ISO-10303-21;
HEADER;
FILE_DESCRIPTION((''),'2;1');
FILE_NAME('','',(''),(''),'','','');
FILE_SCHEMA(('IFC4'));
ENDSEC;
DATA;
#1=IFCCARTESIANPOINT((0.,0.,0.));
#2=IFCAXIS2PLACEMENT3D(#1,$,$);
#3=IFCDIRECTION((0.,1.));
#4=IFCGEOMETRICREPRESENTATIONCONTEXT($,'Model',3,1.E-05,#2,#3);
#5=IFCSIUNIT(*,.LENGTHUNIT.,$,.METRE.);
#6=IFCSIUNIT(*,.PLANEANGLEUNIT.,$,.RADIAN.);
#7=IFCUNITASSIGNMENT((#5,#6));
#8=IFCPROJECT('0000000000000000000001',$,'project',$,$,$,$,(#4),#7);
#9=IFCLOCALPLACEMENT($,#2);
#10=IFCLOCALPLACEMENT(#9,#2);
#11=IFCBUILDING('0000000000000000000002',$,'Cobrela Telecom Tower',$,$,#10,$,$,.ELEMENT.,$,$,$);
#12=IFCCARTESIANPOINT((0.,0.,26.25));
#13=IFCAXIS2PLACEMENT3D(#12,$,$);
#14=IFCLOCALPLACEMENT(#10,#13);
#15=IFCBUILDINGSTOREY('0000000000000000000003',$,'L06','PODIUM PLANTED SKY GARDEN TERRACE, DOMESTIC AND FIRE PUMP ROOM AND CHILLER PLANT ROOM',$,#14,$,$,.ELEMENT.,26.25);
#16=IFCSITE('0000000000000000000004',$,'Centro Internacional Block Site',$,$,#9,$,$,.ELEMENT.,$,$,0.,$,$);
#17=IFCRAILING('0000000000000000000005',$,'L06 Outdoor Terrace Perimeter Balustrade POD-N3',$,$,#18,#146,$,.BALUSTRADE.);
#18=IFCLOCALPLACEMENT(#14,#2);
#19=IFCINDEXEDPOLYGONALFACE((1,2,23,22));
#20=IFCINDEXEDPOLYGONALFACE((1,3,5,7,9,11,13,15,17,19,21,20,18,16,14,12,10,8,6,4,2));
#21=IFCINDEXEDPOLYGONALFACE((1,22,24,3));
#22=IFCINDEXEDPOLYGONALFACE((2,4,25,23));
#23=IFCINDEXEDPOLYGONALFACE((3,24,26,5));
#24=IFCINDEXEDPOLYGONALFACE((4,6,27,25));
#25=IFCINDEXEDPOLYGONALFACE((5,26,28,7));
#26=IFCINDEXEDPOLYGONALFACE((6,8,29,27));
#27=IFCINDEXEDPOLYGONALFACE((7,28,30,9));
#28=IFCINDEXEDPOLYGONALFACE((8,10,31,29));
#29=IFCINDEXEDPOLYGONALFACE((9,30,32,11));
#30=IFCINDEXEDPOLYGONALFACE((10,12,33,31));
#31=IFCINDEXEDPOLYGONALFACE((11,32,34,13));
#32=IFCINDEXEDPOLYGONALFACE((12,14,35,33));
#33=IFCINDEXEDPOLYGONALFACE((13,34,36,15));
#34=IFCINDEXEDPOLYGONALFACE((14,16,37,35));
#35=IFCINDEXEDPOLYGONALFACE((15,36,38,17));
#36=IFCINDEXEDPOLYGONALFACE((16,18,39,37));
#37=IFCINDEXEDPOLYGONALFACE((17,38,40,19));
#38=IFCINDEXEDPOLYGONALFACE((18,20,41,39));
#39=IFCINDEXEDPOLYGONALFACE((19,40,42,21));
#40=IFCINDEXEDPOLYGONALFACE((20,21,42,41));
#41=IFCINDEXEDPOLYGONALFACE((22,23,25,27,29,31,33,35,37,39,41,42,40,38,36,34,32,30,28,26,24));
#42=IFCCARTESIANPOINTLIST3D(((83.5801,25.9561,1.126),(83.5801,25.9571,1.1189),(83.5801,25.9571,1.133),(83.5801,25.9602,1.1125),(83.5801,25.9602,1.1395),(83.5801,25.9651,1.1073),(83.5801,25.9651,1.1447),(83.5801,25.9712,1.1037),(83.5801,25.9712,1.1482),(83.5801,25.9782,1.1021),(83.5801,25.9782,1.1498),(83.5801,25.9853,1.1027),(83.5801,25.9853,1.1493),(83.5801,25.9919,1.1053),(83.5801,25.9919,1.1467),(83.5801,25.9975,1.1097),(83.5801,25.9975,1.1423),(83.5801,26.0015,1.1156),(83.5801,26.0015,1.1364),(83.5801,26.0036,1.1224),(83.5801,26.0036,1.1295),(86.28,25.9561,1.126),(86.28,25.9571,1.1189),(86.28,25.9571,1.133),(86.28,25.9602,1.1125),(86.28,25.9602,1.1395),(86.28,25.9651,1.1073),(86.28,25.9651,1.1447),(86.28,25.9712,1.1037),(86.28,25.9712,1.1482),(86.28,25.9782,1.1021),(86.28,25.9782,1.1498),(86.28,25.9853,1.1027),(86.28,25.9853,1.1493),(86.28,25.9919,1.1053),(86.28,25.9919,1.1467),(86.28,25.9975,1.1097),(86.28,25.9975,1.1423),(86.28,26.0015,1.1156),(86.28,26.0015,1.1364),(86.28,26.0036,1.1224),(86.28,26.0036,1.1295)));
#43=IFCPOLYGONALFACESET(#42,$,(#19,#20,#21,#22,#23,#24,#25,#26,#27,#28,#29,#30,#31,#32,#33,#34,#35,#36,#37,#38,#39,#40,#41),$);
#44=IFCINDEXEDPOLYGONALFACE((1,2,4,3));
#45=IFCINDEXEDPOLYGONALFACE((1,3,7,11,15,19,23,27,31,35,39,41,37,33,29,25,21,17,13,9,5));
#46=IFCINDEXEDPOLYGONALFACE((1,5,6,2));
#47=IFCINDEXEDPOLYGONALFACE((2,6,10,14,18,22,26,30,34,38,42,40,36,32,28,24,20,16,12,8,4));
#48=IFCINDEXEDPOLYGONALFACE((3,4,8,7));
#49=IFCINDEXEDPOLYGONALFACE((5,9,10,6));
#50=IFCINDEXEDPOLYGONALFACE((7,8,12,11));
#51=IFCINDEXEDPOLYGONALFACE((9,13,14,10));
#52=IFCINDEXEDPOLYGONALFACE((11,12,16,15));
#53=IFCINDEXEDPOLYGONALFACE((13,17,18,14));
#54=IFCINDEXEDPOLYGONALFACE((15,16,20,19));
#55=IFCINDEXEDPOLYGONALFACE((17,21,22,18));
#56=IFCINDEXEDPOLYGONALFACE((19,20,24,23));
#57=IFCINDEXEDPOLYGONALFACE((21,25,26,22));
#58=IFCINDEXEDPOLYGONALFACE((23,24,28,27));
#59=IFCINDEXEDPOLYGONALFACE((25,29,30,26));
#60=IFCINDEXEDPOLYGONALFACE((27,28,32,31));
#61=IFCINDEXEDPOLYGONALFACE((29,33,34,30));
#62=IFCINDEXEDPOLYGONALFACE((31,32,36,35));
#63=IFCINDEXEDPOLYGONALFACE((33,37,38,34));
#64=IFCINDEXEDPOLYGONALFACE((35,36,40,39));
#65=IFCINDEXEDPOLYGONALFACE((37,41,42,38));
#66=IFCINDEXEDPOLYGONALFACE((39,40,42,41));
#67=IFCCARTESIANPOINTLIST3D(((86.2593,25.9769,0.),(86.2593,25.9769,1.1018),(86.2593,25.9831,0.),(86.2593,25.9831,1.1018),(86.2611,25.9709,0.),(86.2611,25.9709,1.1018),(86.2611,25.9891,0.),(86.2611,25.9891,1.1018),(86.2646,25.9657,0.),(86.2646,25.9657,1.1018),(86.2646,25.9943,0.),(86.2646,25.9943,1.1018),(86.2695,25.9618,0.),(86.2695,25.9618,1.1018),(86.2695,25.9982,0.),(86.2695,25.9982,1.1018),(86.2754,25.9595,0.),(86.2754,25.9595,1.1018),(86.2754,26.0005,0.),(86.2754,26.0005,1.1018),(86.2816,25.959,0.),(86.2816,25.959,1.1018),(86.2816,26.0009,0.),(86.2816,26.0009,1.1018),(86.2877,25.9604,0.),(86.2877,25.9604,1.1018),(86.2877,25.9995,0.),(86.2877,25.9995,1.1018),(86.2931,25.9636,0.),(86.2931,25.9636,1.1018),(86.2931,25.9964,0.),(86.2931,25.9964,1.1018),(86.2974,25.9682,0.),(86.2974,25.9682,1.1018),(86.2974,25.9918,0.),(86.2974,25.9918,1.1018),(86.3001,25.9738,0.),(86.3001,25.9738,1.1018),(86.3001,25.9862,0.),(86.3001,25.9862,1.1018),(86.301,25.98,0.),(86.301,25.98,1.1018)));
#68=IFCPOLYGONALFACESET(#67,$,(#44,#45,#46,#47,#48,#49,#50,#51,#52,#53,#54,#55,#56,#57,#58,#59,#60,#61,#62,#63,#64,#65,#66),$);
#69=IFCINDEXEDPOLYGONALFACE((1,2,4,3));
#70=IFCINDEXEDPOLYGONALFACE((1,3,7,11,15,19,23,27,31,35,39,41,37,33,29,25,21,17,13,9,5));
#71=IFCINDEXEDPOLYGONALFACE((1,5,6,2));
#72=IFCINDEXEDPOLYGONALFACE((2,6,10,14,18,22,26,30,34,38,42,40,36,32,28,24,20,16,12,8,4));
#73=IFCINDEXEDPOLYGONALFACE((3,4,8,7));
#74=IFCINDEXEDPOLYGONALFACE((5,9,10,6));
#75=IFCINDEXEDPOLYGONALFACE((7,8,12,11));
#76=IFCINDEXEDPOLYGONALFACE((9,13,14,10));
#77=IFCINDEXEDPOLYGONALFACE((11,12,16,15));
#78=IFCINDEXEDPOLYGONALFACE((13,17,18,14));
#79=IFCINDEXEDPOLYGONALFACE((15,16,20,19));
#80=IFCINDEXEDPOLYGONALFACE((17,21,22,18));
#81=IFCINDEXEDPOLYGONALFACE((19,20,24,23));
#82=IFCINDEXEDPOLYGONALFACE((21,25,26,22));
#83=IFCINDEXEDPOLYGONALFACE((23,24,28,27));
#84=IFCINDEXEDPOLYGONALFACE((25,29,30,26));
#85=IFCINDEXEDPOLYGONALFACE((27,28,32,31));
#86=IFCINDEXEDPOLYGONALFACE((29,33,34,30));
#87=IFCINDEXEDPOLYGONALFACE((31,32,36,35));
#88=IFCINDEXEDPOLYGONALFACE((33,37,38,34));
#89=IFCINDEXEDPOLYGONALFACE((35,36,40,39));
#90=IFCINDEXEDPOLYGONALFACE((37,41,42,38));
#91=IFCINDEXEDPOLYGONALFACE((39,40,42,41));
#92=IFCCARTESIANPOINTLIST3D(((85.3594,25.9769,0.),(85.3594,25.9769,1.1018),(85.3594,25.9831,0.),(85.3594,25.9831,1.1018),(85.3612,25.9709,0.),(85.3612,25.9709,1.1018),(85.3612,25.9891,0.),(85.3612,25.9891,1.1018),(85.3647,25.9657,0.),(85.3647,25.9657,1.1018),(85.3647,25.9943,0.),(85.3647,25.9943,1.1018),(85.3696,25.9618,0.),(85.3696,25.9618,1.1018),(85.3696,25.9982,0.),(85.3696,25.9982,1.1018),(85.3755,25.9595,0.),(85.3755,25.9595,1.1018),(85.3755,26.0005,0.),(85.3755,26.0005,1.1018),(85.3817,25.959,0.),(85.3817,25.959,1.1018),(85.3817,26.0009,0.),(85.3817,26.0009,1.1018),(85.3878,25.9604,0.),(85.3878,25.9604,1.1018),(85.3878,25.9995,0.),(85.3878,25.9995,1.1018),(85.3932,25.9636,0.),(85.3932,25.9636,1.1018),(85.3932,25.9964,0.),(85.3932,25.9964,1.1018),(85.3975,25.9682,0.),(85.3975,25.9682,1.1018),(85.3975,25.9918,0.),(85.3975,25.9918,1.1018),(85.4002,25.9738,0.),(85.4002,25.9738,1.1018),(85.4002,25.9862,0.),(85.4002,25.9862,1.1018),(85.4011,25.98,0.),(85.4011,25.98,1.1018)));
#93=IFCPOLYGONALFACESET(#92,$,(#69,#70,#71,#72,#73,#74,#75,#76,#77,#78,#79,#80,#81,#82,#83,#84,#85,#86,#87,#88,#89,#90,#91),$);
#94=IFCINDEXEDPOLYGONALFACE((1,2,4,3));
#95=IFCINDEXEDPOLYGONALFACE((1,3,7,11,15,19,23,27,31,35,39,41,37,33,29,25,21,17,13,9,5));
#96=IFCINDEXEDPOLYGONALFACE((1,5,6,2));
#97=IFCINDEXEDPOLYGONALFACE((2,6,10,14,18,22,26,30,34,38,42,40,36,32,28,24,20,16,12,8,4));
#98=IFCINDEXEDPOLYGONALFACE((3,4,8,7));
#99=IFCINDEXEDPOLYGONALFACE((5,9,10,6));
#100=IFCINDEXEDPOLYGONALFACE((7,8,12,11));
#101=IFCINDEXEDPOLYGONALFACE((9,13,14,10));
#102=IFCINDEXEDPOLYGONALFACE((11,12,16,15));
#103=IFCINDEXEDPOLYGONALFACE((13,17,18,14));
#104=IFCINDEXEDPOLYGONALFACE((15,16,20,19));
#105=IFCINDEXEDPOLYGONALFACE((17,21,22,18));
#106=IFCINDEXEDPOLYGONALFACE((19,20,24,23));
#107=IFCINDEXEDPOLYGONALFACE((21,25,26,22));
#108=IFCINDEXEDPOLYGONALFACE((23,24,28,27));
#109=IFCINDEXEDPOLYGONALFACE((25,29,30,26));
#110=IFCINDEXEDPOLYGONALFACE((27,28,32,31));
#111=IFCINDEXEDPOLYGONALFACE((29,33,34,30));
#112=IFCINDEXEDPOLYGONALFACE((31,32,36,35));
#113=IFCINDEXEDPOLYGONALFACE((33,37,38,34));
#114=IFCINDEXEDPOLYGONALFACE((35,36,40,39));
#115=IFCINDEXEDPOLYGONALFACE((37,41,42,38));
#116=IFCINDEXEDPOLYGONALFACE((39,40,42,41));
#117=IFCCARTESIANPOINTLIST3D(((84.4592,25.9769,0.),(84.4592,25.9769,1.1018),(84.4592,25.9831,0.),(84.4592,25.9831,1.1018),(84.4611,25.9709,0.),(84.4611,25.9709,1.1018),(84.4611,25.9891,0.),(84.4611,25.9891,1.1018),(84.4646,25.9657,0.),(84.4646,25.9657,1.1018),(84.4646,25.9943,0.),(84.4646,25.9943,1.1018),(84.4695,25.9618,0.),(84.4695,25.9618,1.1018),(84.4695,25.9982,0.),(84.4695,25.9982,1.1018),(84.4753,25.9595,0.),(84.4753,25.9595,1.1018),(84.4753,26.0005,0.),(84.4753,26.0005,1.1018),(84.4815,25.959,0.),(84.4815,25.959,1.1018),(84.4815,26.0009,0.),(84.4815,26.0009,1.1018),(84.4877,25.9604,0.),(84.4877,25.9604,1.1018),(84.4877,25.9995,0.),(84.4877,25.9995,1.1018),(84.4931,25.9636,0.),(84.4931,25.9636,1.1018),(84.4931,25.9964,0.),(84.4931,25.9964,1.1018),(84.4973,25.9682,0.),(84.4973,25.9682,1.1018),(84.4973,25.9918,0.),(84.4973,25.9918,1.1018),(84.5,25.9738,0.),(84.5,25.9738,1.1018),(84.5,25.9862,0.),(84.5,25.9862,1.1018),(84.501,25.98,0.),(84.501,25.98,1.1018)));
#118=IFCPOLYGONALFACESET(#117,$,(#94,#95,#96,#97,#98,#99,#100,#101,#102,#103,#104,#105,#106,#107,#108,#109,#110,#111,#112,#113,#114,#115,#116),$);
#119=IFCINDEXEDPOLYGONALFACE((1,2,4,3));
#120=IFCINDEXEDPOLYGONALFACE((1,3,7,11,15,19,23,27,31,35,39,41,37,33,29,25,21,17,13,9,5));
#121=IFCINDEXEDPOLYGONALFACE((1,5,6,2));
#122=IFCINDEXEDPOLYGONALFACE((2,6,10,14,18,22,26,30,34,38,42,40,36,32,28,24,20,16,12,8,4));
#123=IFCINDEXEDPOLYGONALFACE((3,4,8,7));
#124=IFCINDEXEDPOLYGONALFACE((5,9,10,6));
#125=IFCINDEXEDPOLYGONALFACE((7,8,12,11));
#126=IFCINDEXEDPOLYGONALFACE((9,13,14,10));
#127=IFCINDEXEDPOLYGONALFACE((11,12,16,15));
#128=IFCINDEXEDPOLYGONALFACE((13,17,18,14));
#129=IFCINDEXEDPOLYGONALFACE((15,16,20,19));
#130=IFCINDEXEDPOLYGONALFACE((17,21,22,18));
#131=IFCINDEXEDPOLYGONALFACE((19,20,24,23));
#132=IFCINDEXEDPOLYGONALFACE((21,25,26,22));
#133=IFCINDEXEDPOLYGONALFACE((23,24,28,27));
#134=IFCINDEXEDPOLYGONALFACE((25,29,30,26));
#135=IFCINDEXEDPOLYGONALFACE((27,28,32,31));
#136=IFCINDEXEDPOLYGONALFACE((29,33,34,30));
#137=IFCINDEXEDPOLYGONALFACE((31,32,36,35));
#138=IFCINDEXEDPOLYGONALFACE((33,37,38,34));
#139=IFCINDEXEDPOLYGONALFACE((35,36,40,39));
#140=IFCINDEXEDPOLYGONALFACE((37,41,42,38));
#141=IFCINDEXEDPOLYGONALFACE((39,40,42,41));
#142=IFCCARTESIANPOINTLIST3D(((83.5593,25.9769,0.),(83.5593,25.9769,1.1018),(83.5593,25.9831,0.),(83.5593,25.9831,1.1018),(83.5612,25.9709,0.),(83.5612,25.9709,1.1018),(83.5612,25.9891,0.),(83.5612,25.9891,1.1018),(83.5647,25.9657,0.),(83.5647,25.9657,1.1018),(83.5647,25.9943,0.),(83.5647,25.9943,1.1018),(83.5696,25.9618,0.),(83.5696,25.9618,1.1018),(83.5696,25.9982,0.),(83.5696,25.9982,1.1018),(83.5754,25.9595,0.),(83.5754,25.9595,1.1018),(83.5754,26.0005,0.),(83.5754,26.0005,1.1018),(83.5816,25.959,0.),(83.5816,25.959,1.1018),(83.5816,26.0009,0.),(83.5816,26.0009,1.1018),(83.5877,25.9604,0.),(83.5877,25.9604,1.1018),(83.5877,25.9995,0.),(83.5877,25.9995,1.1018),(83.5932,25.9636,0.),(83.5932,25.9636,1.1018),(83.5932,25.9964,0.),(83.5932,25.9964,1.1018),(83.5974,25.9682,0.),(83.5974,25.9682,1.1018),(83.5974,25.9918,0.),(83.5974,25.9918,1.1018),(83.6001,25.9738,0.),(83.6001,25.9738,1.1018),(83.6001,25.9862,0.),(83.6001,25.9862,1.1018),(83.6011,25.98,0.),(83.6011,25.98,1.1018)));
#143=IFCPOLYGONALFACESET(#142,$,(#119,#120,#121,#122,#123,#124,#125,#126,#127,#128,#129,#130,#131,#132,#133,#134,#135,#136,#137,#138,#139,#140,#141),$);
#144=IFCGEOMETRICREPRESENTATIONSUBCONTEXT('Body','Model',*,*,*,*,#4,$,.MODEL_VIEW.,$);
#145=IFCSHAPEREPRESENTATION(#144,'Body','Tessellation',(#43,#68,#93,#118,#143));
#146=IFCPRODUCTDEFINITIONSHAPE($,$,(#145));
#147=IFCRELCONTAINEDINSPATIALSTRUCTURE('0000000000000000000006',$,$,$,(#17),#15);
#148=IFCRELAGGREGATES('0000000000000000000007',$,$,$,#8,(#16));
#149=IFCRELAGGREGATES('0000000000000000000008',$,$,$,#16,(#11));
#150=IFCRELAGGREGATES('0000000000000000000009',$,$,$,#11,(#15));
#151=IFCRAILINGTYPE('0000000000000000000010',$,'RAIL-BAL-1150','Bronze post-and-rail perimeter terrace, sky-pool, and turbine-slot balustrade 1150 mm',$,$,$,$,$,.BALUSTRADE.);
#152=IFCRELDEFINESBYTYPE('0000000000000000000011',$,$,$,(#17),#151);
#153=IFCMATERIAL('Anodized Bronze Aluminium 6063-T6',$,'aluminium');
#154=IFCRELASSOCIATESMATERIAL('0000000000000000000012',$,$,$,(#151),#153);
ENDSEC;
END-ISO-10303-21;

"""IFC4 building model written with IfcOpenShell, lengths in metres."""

from ifc_helpers import new_model, si_unit, direction, frame, origin, origin_2d, place, context, subcontext, project, spatial, circle, extrude, material, type_object, element, save


model = new_model("IFC4")

# Units and contexts
model_context = context("Model", 3, precision=1e-05, world=origin(), true_north=direction((0.0, 1.0)))
body_context = subcontext(model_context, "Body", "Model", "MODEL_VIEW")
ifc_project = project(units=[si_unit("LENGTHUNIT", "METRE"), si_unit("PLANEANGLEUNIT", "RADIAN")], contexts=[model_context])

# Site, building, storey
site_placement = place(None, origin())
site = spatial("IfcSite", under=ifc_project, at=site_placement, Name="Centro Internacional Block Site", CompositionType="ELEMENT", RefElevation=0.0)
building_placement = place(site_placement, origin())
building = spatial("IfcBuilding", under=site, at=building_placement, Name="Cobrela Telecom Tower", CompositionType="ELEMENT")
storey_placement = place(building_placement, frame((0.0, 0.0, 26.25)))
storey = spatial("IfcBuildingStorey", under=building, at=storey_placement, Name="L06", Description="PODIUM PLANTED SKY GARDEN TERRACE, DOMESTIC AND FIRE PUMP ROOM AND CHILLER PLANT ROOM", CompositionType="ELEMENT", Elevation=26.25)

# Railing
ifc_material_1 = material(Name="Anodized Bronze Aluminium 6063-T6", Category="aluminium")
railing_type = type_object("IfcRailingType", Name="RAIL-BAL-1150", Description="Bronze post-and-rail perimeter terrace, sky-pool, and turbine-slot balustrade 1150 mm", PredefinedType="BALUSTRADE", material=ifc_material_1)
railing_1_placement = place(storey_placement, frame((86.28, 25.98, 0.0)))
element("IfcRailing", 1, at=railing_1_placement, inside=storey, type_object=railing_type, Name="L06 Outdoor Terrace Perimeter Balustrade POD-N3", PredefinedType="BALUSTRADE", context=body_context, shape_type="SweptSolid", body=[
    extrude(circle(Radius=0.0239, at=origin_2d()), frame((0.0, 0.0, 1.126), z_axis=(-1.0, 0.0, 0.0), x_axis=(0.0, -1.0, 0.0)), (0.0, 0.0, 1.0), 2.7),
    extrude(circle(Radius=0.021, at=origin_2d()), origin(), (0.0, 0.0, 1.0), 1.1018),
    extrude(circle(Radius=0.021, at=origin_2d()), frame((-0.8999, 0.0, 0.0)), (0.0, 0.0, 1.0), 1.1018),
    extrude(circle(Radius=0.021, at=origin_2d()), frame((-1.8, 0.0, 0.0)), (0.0, 0.0, 1.0), 1.1018),
    extrude(circle(Radius=0.021, at=origin_2d()), frame((-2.7, 0.0, 0.0)), (0.0, 0.0, 1.0), 1.1018),
])

save(model, "model.ifc")
